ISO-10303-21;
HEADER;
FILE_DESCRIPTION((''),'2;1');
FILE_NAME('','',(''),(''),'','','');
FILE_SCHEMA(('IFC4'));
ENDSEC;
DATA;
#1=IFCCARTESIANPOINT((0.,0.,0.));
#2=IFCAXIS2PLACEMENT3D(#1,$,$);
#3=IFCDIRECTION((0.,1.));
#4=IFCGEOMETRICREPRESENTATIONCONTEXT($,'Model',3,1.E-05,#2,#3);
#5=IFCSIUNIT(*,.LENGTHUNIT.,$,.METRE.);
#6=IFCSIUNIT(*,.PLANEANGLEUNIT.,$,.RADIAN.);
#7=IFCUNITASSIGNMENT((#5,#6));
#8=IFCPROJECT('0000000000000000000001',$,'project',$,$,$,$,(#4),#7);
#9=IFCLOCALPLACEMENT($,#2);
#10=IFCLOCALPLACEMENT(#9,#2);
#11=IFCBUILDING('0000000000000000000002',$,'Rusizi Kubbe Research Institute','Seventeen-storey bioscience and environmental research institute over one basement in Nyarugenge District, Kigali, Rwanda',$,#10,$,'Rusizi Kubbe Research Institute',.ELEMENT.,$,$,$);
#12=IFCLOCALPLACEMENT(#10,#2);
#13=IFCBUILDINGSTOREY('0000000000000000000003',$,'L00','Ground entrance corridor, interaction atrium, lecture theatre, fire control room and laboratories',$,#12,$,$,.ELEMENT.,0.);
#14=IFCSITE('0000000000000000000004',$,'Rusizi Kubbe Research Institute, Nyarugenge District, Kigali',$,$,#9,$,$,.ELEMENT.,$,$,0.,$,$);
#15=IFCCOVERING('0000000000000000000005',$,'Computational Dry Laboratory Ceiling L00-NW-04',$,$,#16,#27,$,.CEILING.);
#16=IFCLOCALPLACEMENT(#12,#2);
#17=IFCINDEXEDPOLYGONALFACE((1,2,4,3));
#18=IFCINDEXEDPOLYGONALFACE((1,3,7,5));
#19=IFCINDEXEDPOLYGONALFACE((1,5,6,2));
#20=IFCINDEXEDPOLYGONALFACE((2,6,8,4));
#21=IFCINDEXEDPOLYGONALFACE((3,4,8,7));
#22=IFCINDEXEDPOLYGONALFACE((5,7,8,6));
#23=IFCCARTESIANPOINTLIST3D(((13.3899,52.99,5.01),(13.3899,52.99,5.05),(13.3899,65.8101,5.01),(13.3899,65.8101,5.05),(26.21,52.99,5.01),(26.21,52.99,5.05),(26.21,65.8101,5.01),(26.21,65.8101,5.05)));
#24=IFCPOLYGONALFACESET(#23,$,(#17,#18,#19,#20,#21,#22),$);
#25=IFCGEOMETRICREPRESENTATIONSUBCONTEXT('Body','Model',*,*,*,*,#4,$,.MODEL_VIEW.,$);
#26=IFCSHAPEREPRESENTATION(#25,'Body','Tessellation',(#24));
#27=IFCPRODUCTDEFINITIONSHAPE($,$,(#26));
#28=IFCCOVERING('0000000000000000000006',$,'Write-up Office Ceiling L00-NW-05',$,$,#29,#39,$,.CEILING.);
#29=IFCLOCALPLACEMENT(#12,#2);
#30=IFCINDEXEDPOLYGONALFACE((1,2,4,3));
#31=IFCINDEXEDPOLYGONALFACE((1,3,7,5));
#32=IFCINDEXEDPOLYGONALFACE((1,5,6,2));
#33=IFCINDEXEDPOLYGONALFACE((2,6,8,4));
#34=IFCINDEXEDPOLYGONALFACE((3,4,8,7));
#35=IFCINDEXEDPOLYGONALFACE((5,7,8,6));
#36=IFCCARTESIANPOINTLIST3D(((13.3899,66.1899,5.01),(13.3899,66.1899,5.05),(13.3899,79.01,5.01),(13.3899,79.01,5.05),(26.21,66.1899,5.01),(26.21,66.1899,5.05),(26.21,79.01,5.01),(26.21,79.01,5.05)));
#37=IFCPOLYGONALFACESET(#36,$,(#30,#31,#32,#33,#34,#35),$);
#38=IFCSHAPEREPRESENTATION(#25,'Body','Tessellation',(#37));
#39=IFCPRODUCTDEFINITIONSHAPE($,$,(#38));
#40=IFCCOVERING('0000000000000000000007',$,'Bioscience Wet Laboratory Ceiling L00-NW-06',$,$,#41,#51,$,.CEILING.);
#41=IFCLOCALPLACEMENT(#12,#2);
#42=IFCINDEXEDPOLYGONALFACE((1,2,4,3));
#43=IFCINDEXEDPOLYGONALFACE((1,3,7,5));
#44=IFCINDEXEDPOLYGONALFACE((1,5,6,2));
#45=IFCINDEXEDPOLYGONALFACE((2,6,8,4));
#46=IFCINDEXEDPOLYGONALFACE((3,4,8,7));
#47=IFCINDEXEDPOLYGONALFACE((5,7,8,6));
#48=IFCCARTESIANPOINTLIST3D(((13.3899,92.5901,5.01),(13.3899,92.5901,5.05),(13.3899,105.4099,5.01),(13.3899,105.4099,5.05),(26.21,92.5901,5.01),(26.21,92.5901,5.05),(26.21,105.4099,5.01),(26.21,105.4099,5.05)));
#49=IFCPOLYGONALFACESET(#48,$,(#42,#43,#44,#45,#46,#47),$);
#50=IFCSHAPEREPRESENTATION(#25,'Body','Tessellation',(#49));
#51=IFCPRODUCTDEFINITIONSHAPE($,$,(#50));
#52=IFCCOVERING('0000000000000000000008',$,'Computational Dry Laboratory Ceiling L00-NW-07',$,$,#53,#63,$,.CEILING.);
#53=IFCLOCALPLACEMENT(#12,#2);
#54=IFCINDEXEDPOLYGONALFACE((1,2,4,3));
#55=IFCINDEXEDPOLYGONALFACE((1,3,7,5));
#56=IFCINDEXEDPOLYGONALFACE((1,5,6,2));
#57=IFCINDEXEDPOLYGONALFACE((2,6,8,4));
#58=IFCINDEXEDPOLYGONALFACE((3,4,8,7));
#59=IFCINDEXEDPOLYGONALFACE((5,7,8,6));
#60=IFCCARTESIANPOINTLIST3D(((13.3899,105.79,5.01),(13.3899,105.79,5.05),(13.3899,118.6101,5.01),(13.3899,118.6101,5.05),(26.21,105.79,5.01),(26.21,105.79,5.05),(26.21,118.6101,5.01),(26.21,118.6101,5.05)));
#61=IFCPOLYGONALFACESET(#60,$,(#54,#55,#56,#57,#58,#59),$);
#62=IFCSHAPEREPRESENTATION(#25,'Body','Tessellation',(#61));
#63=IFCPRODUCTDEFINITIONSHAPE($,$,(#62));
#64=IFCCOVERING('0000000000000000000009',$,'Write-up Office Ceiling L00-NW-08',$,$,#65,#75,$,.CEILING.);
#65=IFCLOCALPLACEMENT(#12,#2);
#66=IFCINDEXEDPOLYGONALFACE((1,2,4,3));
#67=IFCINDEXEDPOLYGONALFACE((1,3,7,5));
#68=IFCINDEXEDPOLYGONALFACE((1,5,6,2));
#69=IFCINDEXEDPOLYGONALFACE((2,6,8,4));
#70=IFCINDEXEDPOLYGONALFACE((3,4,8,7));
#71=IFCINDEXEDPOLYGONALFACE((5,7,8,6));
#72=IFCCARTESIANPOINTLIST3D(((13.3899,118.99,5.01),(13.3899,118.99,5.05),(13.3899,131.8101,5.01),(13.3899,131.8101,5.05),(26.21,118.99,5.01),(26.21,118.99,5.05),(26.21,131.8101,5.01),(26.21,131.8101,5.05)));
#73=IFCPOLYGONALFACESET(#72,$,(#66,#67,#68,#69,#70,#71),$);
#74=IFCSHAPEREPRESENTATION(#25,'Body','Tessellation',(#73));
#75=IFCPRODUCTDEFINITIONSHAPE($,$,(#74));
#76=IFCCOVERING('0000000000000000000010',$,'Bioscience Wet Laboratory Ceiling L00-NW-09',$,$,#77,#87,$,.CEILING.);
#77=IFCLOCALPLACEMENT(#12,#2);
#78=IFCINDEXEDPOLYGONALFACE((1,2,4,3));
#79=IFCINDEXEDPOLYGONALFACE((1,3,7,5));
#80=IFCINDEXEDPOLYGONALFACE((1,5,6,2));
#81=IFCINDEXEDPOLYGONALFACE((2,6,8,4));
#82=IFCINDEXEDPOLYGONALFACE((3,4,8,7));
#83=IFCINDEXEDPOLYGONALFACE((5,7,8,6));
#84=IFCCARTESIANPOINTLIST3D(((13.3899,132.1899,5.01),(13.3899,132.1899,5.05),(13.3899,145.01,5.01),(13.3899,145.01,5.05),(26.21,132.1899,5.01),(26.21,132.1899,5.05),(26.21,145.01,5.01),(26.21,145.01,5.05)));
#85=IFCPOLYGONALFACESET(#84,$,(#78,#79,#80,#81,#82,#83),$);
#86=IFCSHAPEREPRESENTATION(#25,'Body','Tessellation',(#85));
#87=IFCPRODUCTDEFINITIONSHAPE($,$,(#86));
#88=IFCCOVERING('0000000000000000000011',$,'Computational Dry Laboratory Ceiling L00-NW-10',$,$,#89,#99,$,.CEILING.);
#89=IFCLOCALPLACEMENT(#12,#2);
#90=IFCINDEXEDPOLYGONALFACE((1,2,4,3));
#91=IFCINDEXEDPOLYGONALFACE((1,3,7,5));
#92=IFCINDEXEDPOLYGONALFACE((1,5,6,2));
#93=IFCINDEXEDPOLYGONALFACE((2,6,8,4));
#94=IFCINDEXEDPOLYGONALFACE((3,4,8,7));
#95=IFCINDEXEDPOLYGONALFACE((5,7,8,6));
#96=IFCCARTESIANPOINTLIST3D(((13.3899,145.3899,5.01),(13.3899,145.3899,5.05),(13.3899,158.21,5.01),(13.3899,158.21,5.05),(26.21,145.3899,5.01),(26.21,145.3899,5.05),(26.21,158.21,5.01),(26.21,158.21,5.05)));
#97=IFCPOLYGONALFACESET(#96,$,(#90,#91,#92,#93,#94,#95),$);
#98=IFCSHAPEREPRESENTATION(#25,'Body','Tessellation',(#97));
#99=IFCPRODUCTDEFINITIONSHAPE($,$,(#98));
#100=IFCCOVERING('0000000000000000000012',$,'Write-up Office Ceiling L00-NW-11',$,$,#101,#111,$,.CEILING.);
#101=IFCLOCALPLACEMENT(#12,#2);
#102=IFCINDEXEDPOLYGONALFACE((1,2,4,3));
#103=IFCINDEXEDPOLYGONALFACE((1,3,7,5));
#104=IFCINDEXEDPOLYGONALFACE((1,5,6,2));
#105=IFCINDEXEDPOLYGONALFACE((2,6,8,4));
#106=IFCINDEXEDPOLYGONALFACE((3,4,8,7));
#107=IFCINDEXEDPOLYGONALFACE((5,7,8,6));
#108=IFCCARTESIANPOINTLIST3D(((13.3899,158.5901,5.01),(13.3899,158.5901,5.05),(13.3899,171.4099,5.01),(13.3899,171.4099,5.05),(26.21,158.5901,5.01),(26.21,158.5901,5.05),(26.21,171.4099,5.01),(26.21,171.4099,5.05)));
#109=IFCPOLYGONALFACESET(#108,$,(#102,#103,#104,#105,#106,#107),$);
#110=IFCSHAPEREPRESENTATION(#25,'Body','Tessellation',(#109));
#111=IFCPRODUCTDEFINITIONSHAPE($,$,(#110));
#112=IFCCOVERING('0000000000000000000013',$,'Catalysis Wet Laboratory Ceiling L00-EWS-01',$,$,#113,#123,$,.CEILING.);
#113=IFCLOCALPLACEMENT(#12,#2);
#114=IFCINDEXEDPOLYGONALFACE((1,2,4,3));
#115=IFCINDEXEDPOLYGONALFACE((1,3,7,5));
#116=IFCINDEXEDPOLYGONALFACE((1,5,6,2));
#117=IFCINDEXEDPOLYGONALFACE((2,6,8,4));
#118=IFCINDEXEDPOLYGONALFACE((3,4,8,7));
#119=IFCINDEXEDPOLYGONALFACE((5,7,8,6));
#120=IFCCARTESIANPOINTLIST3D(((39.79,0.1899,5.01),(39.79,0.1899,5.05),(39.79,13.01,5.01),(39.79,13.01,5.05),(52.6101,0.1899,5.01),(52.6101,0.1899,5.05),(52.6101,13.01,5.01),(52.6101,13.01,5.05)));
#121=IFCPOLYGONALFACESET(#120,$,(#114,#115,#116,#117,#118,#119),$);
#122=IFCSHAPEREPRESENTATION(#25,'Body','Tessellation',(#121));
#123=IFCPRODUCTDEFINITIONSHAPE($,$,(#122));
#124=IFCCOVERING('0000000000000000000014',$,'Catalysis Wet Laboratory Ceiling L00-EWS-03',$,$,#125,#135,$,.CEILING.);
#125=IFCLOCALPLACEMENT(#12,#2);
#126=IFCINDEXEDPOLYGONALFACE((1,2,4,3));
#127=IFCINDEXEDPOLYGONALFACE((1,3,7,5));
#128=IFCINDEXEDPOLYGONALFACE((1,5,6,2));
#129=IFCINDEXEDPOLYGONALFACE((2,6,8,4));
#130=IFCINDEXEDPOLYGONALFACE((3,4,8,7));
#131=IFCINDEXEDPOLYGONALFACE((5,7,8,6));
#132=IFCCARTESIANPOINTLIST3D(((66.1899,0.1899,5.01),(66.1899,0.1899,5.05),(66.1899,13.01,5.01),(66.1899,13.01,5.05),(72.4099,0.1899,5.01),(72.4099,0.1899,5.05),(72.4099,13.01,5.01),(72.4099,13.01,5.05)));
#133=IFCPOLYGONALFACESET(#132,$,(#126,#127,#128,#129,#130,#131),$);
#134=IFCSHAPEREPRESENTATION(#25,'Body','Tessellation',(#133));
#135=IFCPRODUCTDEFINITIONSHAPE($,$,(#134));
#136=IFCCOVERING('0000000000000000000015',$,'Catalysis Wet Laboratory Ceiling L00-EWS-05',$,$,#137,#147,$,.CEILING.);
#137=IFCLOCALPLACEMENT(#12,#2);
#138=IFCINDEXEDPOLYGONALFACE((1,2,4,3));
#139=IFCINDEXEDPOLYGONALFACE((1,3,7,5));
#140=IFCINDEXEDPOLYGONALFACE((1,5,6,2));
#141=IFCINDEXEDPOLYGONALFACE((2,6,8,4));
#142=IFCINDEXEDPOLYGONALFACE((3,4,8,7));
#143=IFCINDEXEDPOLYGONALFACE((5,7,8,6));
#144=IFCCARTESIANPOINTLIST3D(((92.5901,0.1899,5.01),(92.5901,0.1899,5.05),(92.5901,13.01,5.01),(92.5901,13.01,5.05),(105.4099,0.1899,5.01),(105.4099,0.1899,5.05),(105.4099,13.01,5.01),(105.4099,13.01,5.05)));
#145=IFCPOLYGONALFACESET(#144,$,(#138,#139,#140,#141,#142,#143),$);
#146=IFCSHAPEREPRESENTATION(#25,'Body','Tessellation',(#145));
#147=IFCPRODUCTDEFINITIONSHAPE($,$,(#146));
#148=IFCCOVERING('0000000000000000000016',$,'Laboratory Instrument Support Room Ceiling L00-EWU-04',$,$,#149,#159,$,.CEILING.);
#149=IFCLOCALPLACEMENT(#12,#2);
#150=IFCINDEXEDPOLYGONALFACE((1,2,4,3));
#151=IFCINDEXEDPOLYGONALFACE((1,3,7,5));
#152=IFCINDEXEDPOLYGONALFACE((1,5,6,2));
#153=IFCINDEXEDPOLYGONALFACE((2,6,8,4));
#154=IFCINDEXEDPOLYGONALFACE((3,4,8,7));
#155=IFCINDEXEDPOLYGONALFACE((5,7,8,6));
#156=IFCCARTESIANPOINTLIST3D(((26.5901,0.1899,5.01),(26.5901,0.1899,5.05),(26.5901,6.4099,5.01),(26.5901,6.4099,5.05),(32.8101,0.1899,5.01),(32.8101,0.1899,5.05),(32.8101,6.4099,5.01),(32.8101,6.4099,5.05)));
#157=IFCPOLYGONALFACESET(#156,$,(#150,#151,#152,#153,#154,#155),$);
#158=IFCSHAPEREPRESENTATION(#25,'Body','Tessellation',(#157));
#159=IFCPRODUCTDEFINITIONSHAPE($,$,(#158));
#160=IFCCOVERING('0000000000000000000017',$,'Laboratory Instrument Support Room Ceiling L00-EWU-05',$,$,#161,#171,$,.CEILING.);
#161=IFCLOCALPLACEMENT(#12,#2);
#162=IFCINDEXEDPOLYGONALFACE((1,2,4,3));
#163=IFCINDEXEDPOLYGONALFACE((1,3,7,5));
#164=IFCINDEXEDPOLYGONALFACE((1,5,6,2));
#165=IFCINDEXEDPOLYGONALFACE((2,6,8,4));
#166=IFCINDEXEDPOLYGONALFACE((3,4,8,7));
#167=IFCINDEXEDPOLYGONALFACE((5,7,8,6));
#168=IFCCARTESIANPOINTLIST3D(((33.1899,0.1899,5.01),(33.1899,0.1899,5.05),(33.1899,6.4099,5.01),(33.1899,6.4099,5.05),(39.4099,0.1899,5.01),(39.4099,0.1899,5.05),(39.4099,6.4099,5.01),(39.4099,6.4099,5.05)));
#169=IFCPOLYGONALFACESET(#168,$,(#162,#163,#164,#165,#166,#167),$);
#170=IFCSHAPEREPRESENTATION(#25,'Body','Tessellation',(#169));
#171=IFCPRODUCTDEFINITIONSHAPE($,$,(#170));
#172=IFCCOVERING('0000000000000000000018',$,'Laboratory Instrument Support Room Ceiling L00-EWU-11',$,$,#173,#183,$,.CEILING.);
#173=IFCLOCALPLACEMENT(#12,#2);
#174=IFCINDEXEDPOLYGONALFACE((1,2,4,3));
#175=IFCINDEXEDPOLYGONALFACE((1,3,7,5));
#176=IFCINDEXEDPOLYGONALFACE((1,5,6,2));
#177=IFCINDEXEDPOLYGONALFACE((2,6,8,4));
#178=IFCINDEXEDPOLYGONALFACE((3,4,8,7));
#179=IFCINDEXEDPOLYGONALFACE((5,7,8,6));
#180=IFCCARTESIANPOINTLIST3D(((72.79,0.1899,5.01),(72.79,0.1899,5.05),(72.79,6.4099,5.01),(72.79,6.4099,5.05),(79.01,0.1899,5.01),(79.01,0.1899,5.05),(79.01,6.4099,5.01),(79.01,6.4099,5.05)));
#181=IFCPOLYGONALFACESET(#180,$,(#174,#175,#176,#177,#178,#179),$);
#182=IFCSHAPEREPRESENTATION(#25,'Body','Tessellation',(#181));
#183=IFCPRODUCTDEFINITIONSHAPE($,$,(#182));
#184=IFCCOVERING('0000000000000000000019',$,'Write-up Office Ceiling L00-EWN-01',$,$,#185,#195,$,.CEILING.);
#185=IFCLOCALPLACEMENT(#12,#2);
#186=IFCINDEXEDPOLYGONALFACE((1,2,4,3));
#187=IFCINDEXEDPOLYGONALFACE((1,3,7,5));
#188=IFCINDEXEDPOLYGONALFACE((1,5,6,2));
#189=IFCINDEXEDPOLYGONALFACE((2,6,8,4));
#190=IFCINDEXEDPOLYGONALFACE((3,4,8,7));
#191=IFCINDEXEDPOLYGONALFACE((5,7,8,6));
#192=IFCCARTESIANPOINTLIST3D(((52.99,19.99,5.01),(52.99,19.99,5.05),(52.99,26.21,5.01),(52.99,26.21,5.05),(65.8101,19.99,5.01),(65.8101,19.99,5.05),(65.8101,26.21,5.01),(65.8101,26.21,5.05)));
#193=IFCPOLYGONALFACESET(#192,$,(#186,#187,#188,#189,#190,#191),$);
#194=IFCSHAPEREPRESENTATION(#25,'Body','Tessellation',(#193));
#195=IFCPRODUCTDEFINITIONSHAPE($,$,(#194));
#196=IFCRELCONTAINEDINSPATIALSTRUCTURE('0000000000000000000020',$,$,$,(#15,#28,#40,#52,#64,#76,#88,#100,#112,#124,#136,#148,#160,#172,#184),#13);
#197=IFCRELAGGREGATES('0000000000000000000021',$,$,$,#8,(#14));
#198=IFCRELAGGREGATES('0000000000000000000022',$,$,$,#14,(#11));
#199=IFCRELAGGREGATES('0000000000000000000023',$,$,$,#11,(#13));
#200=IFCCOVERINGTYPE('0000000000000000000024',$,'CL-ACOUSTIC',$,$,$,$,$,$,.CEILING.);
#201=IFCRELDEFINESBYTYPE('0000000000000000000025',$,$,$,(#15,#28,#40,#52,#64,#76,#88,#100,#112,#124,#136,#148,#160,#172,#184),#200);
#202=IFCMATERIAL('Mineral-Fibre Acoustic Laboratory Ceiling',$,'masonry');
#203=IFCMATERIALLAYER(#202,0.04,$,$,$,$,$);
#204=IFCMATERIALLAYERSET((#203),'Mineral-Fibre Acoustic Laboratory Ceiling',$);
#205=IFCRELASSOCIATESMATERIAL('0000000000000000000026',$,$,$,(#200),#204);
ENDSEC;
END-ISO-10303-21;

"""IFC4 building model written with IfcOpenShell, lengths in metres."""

from ifc_helpers import new_model, si_unit, direction, frame, origin, place, context, subcontext, project, spatial, polyline, outline, extrude, material, layer, layer_set, type_object, element, save


model = new_model("IFC4")

# Units and contexts
model_context = context("Model", 3, precision=1e-05, world=origin(), true_north=direction((0.0, 1.0)))
body_context = subcontext(model_context, "Body", "Model", "MODEL_VIEW")
ifc_project = project(units=[si_unit("LENGTHUNIT", "METRE"), si_unit("PLANEANGLEUNIT", "RADIAN")], contexts=[model_context])

# Site, building, storey
site_placement = place(None, origin())
site = spatial("IfcSite", under=ifc_project, at=site_placement, Name="Rusizi Kubbe Research Institute, Nyarugenge District, Kigali", CompositionType="ELEMENT", RefElevation=0.0)
building_placement = place(site_placement, origin())
building = spatial("IfcBuilding", under=site, at=building_placement, Name="Rusizi Kubbe Research Institute", Description="Seventeen-storey bioscience and environmental research institute over one basement in Nyarugenge District, Kigali, Rwanda", LongName="Rusizi Kubbe Research Institute", CompositionType="ELEMENT")
storey_placement = place(building_placement, origin())
storey = spatial("IfcBuildingStorey", under=building, at=storey_placement, Name="L00", Description="Ground entrance corridor, interaction atrium, lecture theatre, fire control room and laboratories", CompositionType="ELEMENT", Elevation=0.0)

# Coverings
ifc_material_1 = material(Name="Mineral-Fibre Acoustic Laboratory Ceiling", Category="masonry")
ifc_layer_1 = layer(ifc_material_1, 0.04)
ifc_layer_set_1 = layer_set([ifc_layer_1], Name="Mineral-Fibre Acoustic Laboratory Ceiling")
covering_type_1 = type_object("IfcCoveringType", Name="CL-ACOUSTIC", PredefinedType="CEILING", material=ifc_layer_set_1)
covering_1_placement = place(storey_placement, frame((0.0, 0.0, 5.01)))
element("IfcCovering", 1, at=covering_1_placement, inside=storey, type_object=covering_type_1, Name="Computational Dry Laboratory Ceiling L00-NW-04", PredefinedType="CEILING", context=body_context, shape_type="SweptSolid", body=[
    extrude(outline(polyline([(13.3899, 52.99), (26.21, 52.99), (26.21, 65.8101), (13.3899, 65.8101), (13.3899, 52.99)])), origin(), (0.0, 0.0, 1.0), 0.04),
])
covering_2_placement = place(storey_placement, frame((0.0, 0.0, 5.01)))
element("IfcCovering", 2, at=covering_2_placement, inside=storey, type_object=covering_type_1, Name="Write-up Office Ceiling L00-NW-05", PredefinedType="CEILING", context=body_context, shape_type="SweptSolid", body=[
    extrude(outline(polyline([(13.3899, 66.1899), (26.21, 66.1899), (26.21, 79.01), (13.3899, 79.01), (13.3899, 66.1899)])), origin(), (0.0, 0.0, 1.0), 0.04),
])
covering_3_placement = place(storey_placement, frame((0.0, 0.0, 5.01)))
element("IfcCovering", 3, at=covering_3_placement, inside=storey, type_object=covering_type_1, Name="Bioscience Wet Laboratory Ceiling L00-NW-06", PredefinedType="CEILING", context=body_context, shape_type="SweptSolid", body=[
    extrude(outline(polyline([(13.3899, 92.5901), (26.21, 92.5901), (26.21, 105.4099), (13.3899, 105.4099), (13.3899, 92.5901)])), origin(), (0.0, 0.0, 1.0), 0.04),
])
covering_4_placement = place(storey_placement, frame((0.0, 0.0, 5.01)))
element("IfcCovering", 4, at=covering_4_placement, inside=storey, type_object=covering_type_1, Name="Computational Dry Laboratory Ceiling L00-NW-07", PredefinedType="CEILING", context=body_context, shape_type="SweptSolid", body=[
    extrude(outline(polyline([(13.3899, 105.79), (26.21, 105.79), (26.21, 118.6101), (13.3899, 118.6101), (13.3899, 105.79)])), origin(), (0.0, 0.0, 1.0), 0.04),
])
covering_5_placement = place(storey_placement, frame((0.0, 0.0, 5.01)))
element("IfcCovering", 5, at=covering_5_placement, inside=storey, type_object=covering_type_1, Name="Write-up Office Ceiling L00-NW-08", PredefinedType="CEILING", context=body_context, shape_type="SweptSolid", body=[
    extrude(outline(polyline([(13.3899, 118.99), (26.21, 118.99), (26.21, 131.8101), (13.3899, 131.8101), (13.3899, 118.99)])), origin(), (0.0, 0.0, 1.0), 0.04),
])
covering_6_placement = place(storey_placement, frame((0.0, 0.0, 5.01)))
element("IfcCovering", 6, at=covering_6_placement, inside=storey, type_object=covering_type_1, Name="Bioscience Wet Laboratory Ceiling L00-NW-09", PredefinedType="CEILING", context=body_context, shape_type="SweptSolid", body=[
    extrude(outline(polyline([(13.3899, 132.1899), (26.21, 132.1899), (26.21, 145.01), (13.3899, 145.01), (13.3899, 132.1899)])), origin(), (0.0, 0.0, 1.0), 0.04),
])
covering_7_placement = place(storey_placement, frame((0.0, 0.0, 5.01)))
element("IfcCovering", 7, at=covering_7_placement, inside=storey, type_object=covering_type_1, Name="Computational Dry Laboratory Ceiling L00-NW-10", PredefinedType="CEILING", context=body_context, shape_type="SweptSolid", body=[
    extrude(outline(polyline([(13.3899, 145.3899), (26.21, 145.3899), (26.21, 158.21), (13.3899, 158.21), (13.3899, 145.3899)])), origin(), (0.0, 0.0, 1.0), 0.04),
])
covering_8_placement = place(storey_placement, frame((0.0, 0.0, 5.01)))
element("IfcCovering", 8, at=covering_8_placement, inside=storey, type_object=covering_type_1, Name="Write-up Office Ceiling L00-NW-11", PredefinedType="CEILING", context=body_context, shape_type="SweptSolid", body=[
    extrude(outline(polyline([(13.3899, 158.5901), (26.21, 158.5901), (26.21, 171.4099), (13.3899, 171.4099), (13.3899, 158.5901)])), origin(), (0.0, 0.0, 1.0), 0.04),
])
covering_9_placement = place(storey_placement, frame((0.0, 0.0, 5.01)))
element("IfcCovering", 9, at=covering_9_placement, inside=storey, type_object=covering_type_1, Name="Catalysis Wet Laboratory Ceiling L00-EWS-01", PredefinedType="CEILING", context=body_context, shape_type="SweptSolid", body=[
    extrude(outline(polyline([(39.79, 0.1899), (52.6101, 0.1899), (52.6101, 13.01), (39.79, 13.01), (39.79, 0.1899)])), origin(), (0.0, 0.0, 1.0), 0.04),
])
covering_10_placement = place(storey_placement, frame((0.0, 0.0, 5.01)))
element("IfcCovering", 10, at=covering_10_placement, inside=storey, type_object=covering_type_1, Name="Catalysis Wet Laboratory Ceiling L00-EWS-03", PredefinedType="CEILING", context=body_context, shape_type="SweptSolid", body=[
    extrude(outline(polyline([(66.1899, 0.1899), (72.4099, 0.1899), (72.4099, 13.01), (66.1899, 13.01), (66.1899, 0.1899)])), origin(), (0.0, 0.0, 1.0), 0.04),
])
covering_11_placement = place(storey_placement, frame((0.0, 0.0, 5.01)))
element("IfcCovering", 11, at=covering_11_placement, inside=storey, type_object=covering_type_1, Name="Catalysis Wet Laboratory Ceiling L00-EWS-05", PredefinedType="CEILING", context=body_context, shape_type="SweptSolid", body=[
    extrude(outline(polyline([(92.5901, 0.1899), (105.4099, 0.1899), (105.4099, 13.01), (92.5901, 13.01), (92.5901, 0.1899)])), origin(), (0.0, 0.0, 1.0), 0.04),
])
covering_12_placement = place(storey_placement, frame((0.0, 0.0, 5.01)))
element("IfcCovering", 12, at=covering_12_placement, inside=storey, type_object=covering_type_1, Name="Laboratory Instrument Support Room Ceiling L00-EWU-04", PredefinedType="CEILING", context=body_context, shape_type="SweptSolid", body=[
    extrude(outline(polyline([(26.5901, 0.1899), (32.8101, 0.1899), (32.8101, 6.4099), (26.5901, 6.4099), (26.5901, 0.1899)])), origin(), (0.0, 0.0, 1.0), 0.04),
])
covering_13_placement = place(storey_placement, frame((0.0, 0.0, 5.01)))
element("IfcCovering", 13, at=covering_13_placement, inside=storey, type_object=covering_type_1, Name="Laboratory Instrument Support Room Ceiling L00-EWU-05", PredefinedType="CEILING", context=body_context, shape_type="SweptSolid", body=[
    extrude(outline(polyline([(33.1899, 0.1899), (39.4099, 0.1899), (39.4099, 6.4099), (33.1899, 6.4099), (33.1899, 0.1899)])), origin(), (0.0, 0.0, 1.0), 0.04),
])
covering_14_placement = place(storey_placement, frame((0.0, 0.0, 5.01)))
element("IfcCovering", 14, at=covering_14_placement, inside=storey, type_object=covering_type_1, Name="Laboratory Instrument Support Room Ceiling L00-EWU-11", PredefinedType="CEILING", context=body_context, shape_type="SweptSolid", body=[
    extrude(outline(polyline([(72.79, 0.1899), (79.01, 0.1899), (79.01, 6.4099), (72.79, 6.4099), (72.79, 0.1899)])), origin(), (0.0, 0.0, 1.0), 0.04),
])
covering_15_placement = place(storey_placement, frame((0.0, 0.0, 5.01)))
element("IfcCovering", 15, at=covering_15_placement, inside=storey, type_object=covering_type_1, Name="Write-up Office Ceiling L00-EWN-01", PredefinedType="CEILING", context=body_context, shape_type="SweptSolid", body=[
    extrude(outline(polyline([(52.99, 19.99), (65.8101, 19.99), (65.8101, 26.21), (52.99, 26.21), (52.99, 19.99)])), origin(), (0.0, 0.0, 1.0), 0.04),
])

save(model, "model.ifc")
